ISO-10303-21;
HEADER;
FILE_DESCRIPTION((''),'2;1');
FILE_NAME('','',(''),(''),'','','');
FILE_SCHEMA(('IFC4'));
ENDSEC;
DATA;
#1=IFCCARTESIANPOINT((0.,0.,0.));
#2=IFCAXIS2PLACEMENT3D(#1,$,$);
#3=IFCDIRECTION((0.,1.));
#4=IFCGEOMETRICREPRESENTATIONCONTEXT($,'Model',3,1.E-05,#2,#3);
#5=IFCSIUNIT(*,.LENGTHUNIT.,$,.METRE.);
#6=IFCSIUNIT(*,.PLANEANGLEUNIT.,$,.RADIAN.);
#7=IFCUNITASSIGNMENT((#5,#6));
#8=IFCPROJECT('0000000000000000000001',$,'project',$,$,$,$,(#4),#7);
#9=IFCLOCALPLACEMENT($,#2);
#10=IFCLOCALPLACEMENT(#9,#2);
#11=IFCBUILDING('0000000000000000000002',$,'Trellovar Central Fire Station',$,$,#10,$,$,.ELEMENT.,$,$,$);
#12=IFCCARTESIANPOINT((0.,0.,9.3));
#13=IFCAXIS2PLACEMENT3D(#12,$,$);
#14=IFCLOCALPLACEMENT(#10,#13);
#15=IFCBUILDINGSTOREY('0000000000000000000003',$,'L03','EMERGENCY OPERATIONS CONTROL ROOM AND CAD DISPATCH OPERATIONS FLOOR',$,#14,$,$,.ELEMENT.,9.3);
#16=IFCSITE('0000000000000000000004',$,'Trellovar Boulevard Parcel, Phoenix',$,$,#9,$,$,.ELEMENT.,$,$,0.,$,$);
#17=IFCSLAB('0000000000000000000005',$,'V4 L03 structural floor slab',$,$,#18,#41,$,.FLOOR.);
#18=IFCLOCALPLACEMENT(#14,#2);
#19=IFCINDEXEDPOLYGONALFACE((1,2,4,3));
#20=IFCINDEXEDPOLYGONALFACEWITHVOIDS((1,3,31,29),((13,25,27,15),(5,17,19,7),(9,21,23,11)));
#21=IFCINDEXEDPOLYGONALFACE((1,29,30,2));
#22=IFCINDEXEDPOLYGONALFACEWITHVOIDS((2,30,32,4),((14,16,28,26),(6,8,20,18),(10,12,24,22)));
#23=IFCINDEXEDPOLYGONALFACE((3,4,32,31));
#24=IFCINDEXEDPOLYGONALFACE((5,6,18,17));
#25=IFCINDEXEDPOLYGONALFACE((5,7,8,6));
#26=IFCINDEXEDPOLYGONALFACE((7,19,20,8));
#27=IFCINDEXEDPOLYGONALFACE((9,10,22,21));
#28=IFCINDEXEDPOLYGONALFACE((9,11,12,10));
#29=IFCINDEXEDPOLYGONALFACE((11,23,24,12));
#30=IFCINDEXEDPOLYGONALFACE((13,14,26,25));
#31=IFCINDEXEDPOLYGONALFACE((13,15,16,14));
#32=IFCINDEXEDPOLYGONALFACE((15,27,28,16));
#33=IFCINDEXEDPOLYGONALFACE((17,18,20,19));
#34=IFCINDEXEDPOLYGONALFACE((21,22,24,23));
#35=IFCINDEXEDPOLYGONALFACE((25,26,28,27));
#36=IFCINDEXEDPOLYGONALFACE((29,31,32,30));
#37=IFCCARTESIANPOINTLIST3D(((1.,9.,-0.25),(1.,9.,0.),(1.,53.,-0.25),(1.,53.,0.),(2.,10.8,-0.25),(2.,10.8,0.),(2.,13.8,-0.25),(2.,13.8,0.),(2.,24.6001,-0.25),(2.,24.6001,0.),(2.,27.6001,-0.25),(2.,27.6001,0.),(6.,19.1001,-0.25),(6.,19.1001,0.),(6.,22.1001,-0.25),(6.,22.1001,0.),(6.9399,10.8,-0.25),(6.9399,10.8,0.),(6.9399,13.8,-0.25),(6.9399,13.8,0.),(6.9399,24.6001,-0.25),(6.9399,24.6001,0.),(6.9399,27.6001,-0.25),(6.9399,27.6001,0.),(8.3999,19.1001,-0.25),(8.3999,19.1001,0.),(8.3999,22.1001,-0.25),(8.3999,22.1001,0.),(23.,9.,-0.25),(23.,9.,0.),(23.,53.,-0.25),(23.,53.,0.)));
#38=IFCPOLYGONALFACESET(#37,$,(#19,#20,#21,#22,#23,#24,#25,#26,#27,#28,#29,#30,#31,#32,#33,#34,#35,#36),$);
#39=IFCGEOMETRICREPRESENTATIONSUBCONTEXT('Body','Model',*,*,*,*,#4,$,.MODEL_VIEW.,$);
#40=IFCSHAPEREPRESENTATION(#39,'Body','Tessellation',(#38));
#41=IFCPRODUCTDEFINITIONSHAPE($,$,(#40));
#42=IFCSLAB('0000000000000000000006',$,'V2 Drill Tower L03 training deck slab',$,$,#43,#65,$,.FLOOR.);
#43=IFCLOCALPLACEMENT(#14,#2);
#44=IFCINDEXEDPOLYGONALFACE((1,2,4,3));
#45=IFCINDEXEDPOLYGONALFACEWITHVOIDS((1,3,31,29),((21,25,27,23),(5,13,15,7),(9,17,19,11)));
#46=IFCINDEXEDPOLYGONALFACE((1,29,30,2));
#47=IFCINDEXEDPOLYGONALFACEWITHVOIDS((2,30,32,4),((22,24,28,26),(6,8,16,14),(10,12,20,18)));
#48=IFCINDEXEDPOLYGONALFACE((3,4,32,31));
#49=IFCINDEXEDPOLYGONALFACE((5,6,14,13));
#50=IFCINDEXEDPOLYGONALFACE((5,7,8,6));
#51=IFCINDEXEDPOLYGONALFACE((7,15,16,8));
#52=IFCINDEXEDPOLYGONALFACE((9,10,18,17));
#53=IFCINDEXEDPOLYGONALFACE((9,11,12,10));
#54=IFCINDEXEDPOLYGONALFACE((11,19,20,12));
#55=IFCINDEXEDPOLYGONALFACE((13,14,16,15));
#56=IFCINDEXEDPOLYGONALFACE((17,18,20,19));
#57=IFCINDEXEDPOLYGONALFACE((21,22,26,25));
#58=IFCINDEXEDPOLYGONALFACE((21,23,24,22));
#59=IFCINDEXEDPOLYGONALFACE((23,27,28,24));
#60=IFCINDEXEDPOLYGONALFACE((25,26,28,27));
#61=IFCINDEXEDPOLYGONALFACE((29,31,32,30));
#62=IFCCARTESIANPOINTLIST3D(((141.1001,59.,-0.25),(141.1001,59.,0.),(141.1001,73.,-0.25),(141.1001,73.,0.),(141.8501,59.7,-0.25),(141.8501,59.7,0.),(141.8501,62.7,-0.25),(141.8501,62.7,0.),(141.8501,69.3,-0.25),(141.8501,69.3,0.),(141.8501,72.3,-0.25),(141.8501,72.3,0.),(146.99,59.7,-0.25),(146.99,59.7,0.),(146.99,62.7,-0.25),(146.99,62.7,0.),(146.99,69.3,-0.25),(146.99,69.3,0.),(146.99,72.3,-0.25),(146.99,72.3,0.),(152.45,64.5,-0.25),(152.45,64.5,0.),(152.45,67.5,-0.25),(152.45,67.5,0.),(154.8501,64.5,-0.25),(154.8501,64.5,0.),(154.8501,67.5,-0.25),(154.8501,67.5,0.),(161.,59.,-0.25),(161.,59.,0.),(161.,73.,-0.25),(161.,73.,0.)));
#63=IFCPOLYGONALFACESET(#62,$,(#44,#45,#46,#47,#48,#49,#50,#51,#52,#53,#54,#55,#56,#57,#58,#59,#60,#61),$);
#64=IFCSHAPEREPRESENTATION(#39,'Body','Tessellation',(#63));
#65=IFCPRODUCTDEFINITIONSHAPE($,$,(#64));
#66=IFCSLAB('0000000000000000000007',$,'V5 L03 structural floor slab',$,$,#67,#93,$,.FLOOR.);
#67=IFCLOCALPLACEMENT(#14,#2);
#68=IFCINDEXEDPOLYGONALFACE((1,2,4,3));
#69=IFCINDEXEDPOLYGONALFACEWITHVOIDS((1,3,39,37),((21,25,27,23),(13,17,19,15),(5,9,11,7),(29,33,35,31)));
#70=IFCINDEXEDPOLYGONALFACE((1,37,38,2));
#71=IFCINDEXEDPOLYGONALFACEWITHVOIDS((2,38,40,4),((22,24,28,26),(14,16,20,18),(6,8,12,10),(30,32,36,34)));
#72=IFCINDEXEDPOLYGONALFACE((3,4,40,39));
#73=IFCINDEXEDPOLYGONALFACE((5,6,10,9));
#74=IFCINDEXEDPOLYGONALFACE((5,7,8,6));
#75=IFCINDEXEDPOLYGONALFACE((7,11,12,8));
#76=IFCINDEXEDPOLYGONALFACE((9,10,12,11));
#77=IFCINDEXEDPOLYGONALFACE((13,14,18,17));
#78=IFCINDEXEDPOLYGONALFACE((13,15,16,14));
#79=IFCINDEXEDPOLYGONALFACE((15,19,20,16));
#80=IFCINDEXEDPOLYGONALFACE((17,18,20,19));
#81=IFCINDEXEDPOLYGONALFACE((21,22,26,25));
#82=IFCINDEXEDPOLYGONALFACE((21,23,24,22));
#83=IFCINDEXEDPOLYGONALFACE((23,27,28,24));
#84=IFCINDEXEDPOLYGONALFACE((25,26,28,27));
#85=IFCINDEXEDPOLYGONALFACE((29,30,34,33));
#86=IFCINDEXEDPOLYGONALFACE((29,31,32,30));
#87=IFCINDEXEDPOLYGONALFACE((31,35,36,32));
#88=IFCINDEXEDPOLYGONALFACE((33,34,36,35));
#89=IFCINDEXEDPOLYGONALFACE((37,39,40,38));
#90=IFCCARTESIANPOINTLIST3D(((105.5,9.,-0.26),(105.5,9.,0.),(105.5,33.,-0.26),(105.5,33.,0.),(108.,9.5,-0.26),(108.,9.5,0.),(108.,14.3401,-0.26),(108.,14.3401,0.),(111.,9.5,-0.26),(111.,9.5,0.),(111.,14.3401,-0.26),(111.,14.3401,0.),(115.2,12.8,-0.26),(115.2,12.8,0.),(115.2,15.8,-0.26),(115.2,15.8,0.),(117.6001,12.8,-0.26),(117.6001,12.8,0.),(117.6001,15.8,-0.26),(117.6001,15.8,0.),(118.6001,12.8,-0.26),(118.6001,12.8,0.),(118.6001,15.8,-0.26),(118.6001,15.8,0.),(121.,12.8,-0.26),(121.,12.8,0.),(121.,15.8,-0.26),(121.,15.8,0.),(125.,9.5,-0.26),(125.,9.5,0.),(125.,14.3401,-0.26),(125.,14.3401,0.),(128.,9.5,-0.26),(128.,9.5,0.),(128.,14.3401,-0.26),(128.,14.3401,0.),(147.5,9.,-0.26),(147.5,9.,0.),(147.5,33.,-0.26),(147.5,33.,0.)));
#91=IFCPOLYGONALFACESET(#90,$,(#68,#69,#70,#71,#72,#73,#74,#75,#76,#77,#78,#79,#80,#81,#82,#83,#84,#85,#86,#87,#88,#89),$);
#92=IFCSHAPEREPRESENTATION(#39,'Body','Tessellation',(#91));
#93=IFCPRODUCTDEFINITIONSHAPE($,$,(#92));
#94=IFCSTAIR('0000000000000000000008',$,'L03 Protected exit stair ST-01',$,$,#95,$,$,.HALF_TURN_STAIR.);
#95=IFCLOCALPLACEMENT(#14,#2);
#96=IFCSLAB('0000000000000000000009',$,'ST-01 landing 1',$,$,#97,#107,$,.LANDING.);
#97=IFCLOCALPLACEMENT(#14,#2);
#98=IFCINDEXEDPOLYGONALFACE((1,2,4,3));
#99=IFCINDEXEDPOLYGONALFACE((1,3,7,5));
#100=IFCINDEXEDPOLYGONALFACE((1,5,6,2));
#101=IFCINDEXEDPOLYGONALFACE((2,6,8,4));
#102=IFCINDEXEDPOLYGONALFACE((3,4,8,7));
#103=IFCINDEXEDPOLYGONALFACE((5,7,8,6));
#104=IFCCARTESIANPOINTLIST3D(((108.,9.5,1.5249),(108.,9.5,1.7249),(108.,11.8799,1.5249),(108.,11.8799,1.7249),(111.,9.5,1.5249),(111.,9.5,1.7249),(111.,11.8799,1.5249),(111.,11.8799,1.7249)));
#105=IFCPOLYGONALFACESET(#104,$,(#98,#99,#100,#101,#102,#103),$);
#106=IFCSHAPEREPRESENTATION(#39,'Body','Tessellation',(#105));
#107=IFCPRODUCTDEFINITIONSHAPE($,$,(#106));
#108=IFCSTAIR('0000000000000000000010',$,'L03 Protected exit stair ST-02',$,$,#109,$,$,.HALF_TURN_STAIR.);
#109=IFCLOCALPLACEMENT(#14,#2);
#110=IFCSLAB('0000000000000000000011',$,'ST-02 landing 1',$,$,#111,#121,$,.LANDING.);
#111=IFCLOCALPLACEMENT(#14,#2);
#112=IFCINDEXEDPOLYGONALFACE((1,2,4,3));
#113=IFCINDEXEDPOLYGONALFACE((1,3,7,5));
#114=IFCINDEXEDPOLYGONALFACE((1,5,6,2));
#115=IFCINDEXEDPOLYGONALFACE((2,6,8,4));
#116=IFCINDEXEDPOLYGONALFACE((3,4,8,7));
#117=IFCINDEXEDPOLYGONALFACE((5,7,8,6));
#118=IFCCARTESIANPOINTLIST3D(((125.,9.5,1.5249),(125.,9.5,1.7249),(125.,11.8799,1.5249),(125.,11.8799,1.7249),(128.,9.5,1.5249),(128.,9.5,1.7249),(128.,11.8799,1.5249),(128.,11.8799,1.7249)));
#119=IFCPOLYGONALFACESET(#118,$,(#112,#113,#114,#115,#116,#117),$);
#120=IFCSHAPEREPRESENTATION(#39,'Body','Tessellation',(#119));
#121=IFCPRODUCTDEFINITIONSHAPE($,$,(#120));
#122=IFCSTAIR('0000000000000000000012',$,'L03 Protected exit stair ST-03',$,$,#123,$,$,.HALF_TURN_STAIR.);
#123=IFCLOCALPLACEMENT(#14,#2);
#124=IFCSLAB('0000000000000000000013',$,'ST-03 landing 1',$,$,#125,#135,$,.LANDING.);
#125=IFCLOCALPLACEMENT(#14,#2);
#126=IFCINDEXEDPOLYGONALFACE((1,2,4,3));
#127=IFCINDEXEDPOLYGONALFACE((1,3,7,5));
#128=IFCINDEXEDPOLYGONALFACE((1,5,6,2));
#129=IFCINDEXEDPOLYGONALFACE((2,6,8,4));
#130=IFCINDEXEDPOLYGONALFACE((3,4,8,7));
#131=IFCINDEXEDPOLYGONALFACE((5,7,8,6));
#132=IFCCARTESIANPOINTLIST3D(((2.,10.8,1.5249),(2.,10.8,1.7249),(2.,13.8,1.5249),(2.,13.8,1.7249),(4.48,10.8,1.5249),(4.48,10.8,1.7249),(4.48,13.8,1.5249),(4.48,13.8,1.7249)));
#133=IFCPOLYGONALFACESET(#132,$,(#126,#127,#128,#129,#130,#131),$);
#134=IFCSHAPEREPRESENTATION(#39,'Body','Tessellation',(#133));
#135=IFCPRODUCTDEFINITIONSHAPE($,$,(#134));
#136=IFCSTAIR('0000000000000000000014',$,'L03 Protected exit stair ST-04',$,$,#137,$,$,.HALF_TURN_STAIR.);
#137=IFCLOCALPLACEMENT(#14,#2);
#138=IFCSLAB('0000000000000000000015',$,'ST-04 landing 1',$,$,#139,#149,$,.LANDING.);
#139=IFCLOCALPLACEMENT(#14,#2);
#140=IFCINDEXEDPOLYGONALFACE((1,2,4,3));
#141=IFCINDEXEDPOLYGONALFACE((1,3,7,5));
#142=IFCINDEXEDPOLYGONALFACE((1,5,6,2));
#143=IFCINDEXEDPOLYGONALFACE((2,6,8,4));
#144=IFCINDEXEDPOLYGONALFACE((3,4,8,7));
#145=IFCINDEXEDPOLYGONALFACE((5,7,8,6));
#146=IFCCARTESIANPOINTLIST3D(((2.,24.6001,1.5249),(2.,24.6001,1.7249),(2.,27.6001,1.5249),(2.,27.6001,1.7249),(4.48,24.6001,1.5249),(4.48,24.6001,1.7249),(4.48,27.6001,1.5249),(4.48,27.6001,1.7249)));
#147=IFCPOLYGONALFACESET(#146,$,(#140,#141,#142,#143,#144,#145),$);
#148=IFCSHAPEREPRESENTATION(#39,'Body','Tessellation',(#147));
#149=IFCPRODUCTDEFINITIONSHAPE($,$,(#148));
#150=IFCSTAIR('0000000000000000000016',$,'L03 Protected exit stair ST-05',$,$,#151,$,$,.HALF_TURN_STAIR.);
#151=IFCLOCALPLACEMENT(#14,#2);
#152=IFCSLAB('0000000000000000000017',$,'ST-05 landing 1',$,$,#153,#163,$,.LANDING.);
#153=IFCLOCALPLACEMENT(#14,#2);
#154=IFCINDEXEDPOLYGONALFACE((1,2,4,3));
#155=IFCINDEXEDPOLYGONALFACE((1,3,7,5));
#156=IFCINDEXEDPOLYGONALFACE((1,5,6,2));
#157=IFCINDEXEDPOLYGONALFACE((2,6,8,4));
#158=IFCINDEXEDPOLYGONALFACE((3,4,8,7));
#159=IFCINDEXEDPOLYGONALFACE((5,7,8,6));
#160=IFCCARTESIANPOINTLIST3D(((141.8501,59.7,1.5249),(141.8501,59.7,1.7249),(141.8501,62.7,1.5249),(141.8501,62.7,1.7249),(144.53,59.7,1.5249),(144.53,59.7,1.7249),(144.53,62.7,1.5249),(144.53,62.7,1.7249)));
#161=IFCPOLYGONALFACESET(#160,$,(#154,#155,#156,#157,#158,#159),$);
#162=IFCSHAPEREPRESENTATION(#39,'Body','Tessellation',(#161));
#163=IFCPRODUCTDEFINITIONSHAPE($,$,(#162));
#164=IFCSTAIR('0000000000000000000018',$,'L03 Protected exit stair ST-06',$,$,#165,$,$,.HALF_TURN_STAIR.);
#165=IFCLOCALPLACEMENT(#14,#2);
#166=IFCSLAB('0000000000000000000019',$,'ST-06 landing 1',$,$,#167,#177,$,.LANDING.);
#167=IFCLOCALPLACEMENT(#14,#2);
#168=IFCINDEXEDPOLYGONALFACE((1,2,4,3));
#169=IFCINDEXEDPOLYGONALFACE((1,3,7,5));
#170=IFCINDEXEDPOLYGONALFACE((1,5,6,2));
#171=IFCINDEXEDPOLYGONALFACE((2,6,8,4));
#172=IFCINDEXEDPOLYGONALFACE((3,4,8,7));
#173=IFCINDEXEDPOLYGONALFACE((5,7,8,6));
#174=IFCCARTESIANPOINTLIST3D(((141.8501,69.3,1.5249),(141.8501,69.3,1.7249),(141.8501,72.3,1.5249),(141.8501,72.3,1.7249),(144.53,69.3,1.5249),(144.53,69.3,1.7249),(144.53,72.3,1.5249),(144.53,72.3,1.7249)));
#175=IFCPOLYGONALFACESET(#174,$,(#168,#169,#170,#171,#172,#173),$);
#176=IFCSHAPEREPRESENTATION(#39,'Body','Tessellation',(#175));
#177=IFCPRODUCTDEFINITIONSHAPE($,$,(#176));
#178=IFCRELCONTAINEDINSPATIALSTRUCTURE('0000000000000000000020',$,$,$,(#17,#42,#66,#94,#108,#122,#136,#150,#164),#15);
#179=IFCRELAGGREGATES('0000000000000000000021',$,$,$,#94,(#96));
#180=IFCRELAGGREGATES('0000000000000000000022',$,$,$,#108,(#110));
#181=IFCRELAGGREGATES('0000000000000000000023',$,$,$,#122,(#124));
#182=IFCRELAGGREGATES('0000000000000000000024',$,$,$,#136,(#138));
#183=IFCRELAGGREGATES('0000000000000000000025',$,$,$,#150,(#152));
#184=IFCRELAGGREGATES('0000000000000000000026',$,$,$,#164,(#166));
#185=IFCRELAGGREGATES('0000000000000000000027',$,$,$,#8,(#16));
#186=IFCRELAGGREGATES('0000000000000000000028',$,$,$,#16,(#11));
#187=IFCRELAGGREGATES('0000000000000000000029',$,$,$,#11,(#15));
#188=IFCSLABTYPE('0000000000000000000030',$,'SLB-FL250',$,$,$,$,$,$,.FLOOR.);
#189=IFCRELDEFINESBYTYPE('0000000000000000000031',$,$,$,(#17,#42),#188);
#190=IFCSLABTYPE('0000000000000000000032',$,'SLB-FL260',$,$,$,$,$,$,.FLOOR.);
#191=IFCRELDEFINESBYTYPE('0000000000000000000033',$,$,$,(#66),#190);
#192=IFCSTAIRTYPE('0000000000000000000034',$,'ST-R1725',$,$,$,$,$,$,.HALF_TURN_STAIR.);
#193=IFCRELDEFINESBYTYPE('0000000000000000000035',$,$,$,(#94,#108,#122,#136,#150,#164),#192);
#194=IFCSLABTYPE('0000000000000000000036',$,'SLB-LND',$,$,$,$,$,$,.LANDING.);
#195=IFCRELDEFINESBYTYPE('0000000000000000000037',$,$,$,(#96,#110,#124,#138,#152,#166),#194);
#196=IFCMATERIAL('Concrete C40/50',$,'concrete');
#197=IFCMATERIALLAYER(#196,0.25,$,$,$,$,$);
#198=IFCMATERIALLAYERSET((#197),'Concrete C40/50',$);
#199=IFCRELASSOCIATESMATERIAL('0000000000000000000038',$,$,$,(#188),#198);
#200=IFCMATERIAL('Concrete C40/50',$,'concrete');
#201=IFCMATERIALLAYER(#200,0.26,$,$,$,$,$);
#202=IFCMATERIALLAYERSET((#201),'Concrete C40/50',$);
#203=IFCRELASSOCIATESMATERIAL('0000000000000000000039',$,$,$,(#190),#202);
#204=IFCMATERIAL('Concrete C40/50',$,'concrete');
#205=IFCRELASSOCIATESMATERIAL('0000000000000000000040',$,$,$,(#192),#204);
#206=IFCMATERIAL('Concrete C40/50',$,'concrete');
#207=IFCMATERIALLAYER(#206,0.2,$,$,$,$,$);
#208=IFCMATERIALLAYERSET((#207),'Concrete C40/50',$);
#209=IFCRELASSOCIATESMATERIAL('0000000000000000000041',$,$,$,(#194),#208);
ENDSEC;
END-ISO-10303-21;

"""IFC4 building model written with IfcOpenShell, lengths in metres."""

from ifc_helpers import new_model, si_unit, direction, frame, origin, place, context, subcontext, project, spatial, polyline, outline, extrude, material, layer, layer_set, type_object, element, aggregate, save


model = new_model("IFC4")

# Units and contexts
model_context = context("Model", 3, precision=1e-05, world=origin(), true_north=direction((0.0, 1.0)))
body_context = subcontext(model_context, "Body", "Model", "MODEL_VIEW")
ifc_project = project(units=[si_unit("LENGTHUNIT", "METRE"), si_unit("PLANEANGLEUNIT", "RADIAN")], contexts=[model_context])

# Site, building, storey
site_placement = place(None, origin())
site = spatial("IfcSite", under=ifc_project, at=site_placement, Name="Trellovar Boulevard Parcel, Phoenix", CompositionType="ELEMENT", RefElevation=0.0)
building_placement = place(site_placement, origin())
building = spatial("IfcBuilding", under=site, at=building_placement, Name="Trellovar Central Fire Station", CompositionType="ELEMENT")
storey_placement = place(building_placement, frame((0.0, 0.0, 9.3)))
storey = spatial("IfcBuildingStorey", under=building, at=storey_placement, Name="L03", Description="EMERGENCY OPERATIONS CONTROL ROOM AND CAD DISPATCH OPERATIONS FLOOR", CompositionType="ELEMENT", Elevation=9.3)

# Slabs
ifc_material_1 = material(Name="Concrete C40/50", Category="concrete")
ifc_layer_1 = layer(ifc_material_1, 0.25)
ifc_layer_set_1 = layer_set([ifc_layer_1], Name="Concrete C40/50")
slab_type_1 = type_object("IfcSlabType", Name="SLB-FL250", PredefinedType="FLOOR", material=ifc_layer_set_1)
slab_1_placement = place(storey_placement, frame((0.0, 0.0, -0.25)))
element("IfcSlab", 1, at=slab_1_placement, inside=storey, type_object=slab_type_1, Name="V4 L03 structural floor slab", PredefinedType="FLOOR", context=body_context, shape_type="SweptSolid", body=[
    extrude(outline(polyline([(1.0, 9.0), (23.0, 9.0), (23.0, 53.0), (1.0, 53.0), (1.0, 9.0)]), holes=[polyline([(6.9399, 13.8), (2.0, 13.8), (2.0, 10.8), (6.9399, 10.8), (6.9399, 13.8)]), polyline([(6.9399, 27.6001), (2.0, 27.6001), (2.0, 24.6001), (6.9399, 24.6001), (6.9399, 27.6001)]), polyline([(6.0, 19.1001), (8.3999, 19.1001), (8.3999, 22.1001), (6.0, 22.1001), (6.0, 19.1001)])]), origin(), (0.0, 0.0, 1.0), 0.25),
])
slab_2_placement = place(storey_placement, frame((0.0, 0.0, -0.25)))
element("IfcSlab", 2, at=slab_2_placement, inside=storey, type_object=slab_type_1, Name="V2 Drill Tower L03 training deck slab", PredefinedType="FLOOR", context=body_context, shape_type="SweptSolid", body=[
    extrude(outline(polyline([(141.1001, 59.0), (161.0, 59.0), (161.0, 73.0), (141.1001, 73.0), (141.1001, 59.0)]), holes=[polyline([(146.99, 62.7), (141.8501, 62.7), (141.8501, 59.7), (146.99, 59.7), (146.99, 62.7)]), polyline([(146.99, 72.3), (141.8501, 72.3), (141.8501, 69.3), (146.99, 69.3), (146.99, 72.3)]), polyline([(152.45, 64.5), (154.8501, 64.5), (154.8501, 67.5), (152.45, 67.5), (152.45, 64.5)])]), origin(), (0.0, 0.0, 1.0), 0.25),
])
ifc_material_2 = material(Name="Concrete C40/50", Category="concrete")
ifc_layer_2 = layer(ifc_material_2, 0.26)
ifc_layer_set_2 = layer_set([ifc_layer_2], Name="Concrete C40/50")
slab_type_2 = type_object("IfcSlabType", Name="SLB-FL260", PredefinedType="FLOOR", material=ifc_layer_set_2)
slab_3_placement = place(storey_placement, frame((0.0, 0.0, -0.26)))
element("IfcSlab", 3, at=slab_3_placement, inside=storey, type_object=slab_type_2, Name="V5 L03 structural floor slab", PredefinedType="FLOOR", context=body_context, shape_type="SweptSolid", body=[
    extrude(outline(polyline([(105.5, 9.0), (147.5, 9.0), (147.5, 33.0), (105.5, 33.0), (105.5, 9.0)]), holes=[polyline([(108.0, 14.3401), (108.0, 9.5), (111.0, 9.5), (111.0, 14.3401), (108.0, 14.3401)]), polyline([(125.0, 14.3401), (125.0, 9.5), (128.0, 9.5), (128.0, 14.3401), (125.0, 14.3401)]), polyline([(115.2, 12.8), (117.6001, 12.8), (117.6001, 15.8), (115.2, 15.8), (115.2, 12.8)]), polyline([(118.6001, 12.8), (121.0, 12.8), (121.0, 15.8), (118.6001, 15.8), (118.6001, 12.8)])]), origin(), (0.0, 0.0, 1.0), 0.26),
])

# Stairs, slabs
ifc_material_3 = material(Name="Concrete C40/50", Category="concrete")
stair_type = type_object("IfcStairType", Name="ST-R1725", PredefinedType="HALF_TURN_STAIR", material=ifc_material_3)
stair_1_placement = place(storey_placement, origin())
stair_1 = element("IfcStair", 4, at=stair_1_placement, inside=storey, type_object=stair_type, Name="L03 Protected exit stair ST-01", PredefinedType="HALF_TURN_STAIR")
ifc_material_4 = material(Name="Concrete C40/50", Category="concrete")
ifc_layer_3 = layer(ifc_material_4, 0.2)
ifc_layer_set_3 = layer_set([ifc_layer_3], Name="Concrete C40/50")
slab_type_3 = type_object("IfcSlabType", Name="SLB-LND", PredefinedType="LANDING", material=ifc_layer_set_3)
slab_4_placement = place(storey_placement, frame((0.0, 0.0, 1.5249)))
slab_4 = element("IfcSlab", 5, at=slab_4_placement, type_object=slab_type_3, Name="ST-01 landing 1", PredefinedType="LANDING", context=body_context, shape_type="SweptSolid", body=[
    extrude(outline(polyline([(108.0, 11.8799), (108.0, 9.5), (111.0, 9.5), (111.0, 11.8799), (108.0, 11.8799)])), origin(), (0.0, 0.0, 1.0), 0.2),
])
aggregate(stair_1, [slab_4])
stair_2_placement = place(storey_placement, origin())
stair_2 = element("IfcStair", 6, at=stair_2_placement, inside=storey, type_object=stair_type, Name="L03 Protected exit stair ST-02", PredefinedType="HALF_TURN_STAIR")
slab_5_placement = place(storey_placement, frame((0.0, 0.0, 1.5249)))
slab_5 = element("IfcSlab", 7, at=slab_5_placement, type_object=slab_type_3, Name="ST-02 landing 1", PredefinedType="LANDING", context=body_context, shape_type="SweptSolid", body=[
    extrude(outline(polyline([(125.0, 11.8799), (125.0, 9.5), (128.0, 9.5), (128.0, 11.8799), (125.0, 11.8799)])), origin(), (0.0, 0.0, 1.0), 0.2),
])
aggregate(stair_2, [slab_5])
stair_3_placement = place(storey_placement, origin())
stair_3 = element("IfcStair", 8, at=stair_3_placement, inside=storey, type_object=stair_type, Name="L03 Protected exit stair ST-03", PredefinedType="HALF_TURN_STAIR")
slab_6_placement = place(storey_placement, frame((0.0, 0.0, 1.5249)))
slab_6 = element("IfcSlab", 9, at=slab_6_placement, type_object=slab_type_3, Name="ST-03 landing 1", PredefinedType="LANDING", context=body_context, shape_type="SweptSolid", body=[
    extrude(outline(polyline([(4.48, 13.8), (2.0, 13.8), (2.0, 10.8), (4.48, 10.8), (4.48, 13.8)])), origin(), (0.0, 0.0, 1.0), 0.2),
])
aggregate(stair_3, [slab_6])
stair_4_placement = place(storey_placement, origin())
stair_4 = element("IfcStair", 10, at=stair_4_placement, inside=storey, type_object=stair_type, Name="L03 Protected exit stair ST-04", PredefinedType="HALF_TURN_STAIR")
slab_7_placement = place(storey_placement, frame((0.0, 0.0, 1.5249)))
slab_7 = element("IfcSlab", 11, at=slab_7_placement, type_object=slab_type_3, Name="ST-04 landing 1", PredefinedType="LANDING", context=body_context, shape_type="SweptSolid", body=[
    extrude(outline(polyline([(4.48, 27.6001), (2.0, 27.6001), (2.0, 24.6001), (4.48, 24.6001), (4.48, 27.6001)])), origin(), (0.0, 0.0, 1.0), 0.2),
])
aggregate(stair_4, [slab_7])
stair_5_placement = place(storey_placement, origin())
stair_5 = element("IfcStair", 12, at=stair_5_placement, inside=storey, type_object=stair_type, Name="L03 Protected exit stair ST-05", PredefinedType="HALF_TURN_STAIR")
slab_8_placement = place(storey_placement, frame((0.0, 0.0, 1.5249)))
slab_8 = element("IfcSlab", 13, at=slab_8_placement, type_object=slab_type_3, Name="ST-05 landing 1", PredefinedType="LANDING", context=body_context, shape_type="SweptSolid", body=[
    extrude(outline(polyline([(144.53, 62.7), (141.8501, 62.7), (141.8501, 59.7), (144.53, 59.7), (144.53, 62.7)])), origin(), (0.0, 0.0, 1.0), 0.2),
])
aggregate(stair_5, [slab_8])
stair_6_placement = place(storey_placement, origin())
stair_6 = element("IfcStair", 14, at=stair_6_placement, inside=storey, type_object=stair_type, Name="L03 Protected exit stair ST-06", PredefinedType="HALF_TURN_STAIR")
slab_9_placement = place(storey_placement, frame((0.0, 0.0, 1.5249)))
slab_9 = element("IfcSlab", 15, at=slab_9_placement, type_object=slab_type_3, Name="ST-06 landing 1", PredefinedType="LANDING", context=body_context, shape_type="SweptSolid", body=[
    extrude(outline(polyline([(144.53, 72.3), (141.8501, 72.3), (141.8501, 69.3), (144.53, 69.3), (144.53, 72.3)])), origin(), (0.0, 0.0, 1.0), 0.2),
])
aggregate(stair_6, [slab_9])

save(model, "model.ifc")
